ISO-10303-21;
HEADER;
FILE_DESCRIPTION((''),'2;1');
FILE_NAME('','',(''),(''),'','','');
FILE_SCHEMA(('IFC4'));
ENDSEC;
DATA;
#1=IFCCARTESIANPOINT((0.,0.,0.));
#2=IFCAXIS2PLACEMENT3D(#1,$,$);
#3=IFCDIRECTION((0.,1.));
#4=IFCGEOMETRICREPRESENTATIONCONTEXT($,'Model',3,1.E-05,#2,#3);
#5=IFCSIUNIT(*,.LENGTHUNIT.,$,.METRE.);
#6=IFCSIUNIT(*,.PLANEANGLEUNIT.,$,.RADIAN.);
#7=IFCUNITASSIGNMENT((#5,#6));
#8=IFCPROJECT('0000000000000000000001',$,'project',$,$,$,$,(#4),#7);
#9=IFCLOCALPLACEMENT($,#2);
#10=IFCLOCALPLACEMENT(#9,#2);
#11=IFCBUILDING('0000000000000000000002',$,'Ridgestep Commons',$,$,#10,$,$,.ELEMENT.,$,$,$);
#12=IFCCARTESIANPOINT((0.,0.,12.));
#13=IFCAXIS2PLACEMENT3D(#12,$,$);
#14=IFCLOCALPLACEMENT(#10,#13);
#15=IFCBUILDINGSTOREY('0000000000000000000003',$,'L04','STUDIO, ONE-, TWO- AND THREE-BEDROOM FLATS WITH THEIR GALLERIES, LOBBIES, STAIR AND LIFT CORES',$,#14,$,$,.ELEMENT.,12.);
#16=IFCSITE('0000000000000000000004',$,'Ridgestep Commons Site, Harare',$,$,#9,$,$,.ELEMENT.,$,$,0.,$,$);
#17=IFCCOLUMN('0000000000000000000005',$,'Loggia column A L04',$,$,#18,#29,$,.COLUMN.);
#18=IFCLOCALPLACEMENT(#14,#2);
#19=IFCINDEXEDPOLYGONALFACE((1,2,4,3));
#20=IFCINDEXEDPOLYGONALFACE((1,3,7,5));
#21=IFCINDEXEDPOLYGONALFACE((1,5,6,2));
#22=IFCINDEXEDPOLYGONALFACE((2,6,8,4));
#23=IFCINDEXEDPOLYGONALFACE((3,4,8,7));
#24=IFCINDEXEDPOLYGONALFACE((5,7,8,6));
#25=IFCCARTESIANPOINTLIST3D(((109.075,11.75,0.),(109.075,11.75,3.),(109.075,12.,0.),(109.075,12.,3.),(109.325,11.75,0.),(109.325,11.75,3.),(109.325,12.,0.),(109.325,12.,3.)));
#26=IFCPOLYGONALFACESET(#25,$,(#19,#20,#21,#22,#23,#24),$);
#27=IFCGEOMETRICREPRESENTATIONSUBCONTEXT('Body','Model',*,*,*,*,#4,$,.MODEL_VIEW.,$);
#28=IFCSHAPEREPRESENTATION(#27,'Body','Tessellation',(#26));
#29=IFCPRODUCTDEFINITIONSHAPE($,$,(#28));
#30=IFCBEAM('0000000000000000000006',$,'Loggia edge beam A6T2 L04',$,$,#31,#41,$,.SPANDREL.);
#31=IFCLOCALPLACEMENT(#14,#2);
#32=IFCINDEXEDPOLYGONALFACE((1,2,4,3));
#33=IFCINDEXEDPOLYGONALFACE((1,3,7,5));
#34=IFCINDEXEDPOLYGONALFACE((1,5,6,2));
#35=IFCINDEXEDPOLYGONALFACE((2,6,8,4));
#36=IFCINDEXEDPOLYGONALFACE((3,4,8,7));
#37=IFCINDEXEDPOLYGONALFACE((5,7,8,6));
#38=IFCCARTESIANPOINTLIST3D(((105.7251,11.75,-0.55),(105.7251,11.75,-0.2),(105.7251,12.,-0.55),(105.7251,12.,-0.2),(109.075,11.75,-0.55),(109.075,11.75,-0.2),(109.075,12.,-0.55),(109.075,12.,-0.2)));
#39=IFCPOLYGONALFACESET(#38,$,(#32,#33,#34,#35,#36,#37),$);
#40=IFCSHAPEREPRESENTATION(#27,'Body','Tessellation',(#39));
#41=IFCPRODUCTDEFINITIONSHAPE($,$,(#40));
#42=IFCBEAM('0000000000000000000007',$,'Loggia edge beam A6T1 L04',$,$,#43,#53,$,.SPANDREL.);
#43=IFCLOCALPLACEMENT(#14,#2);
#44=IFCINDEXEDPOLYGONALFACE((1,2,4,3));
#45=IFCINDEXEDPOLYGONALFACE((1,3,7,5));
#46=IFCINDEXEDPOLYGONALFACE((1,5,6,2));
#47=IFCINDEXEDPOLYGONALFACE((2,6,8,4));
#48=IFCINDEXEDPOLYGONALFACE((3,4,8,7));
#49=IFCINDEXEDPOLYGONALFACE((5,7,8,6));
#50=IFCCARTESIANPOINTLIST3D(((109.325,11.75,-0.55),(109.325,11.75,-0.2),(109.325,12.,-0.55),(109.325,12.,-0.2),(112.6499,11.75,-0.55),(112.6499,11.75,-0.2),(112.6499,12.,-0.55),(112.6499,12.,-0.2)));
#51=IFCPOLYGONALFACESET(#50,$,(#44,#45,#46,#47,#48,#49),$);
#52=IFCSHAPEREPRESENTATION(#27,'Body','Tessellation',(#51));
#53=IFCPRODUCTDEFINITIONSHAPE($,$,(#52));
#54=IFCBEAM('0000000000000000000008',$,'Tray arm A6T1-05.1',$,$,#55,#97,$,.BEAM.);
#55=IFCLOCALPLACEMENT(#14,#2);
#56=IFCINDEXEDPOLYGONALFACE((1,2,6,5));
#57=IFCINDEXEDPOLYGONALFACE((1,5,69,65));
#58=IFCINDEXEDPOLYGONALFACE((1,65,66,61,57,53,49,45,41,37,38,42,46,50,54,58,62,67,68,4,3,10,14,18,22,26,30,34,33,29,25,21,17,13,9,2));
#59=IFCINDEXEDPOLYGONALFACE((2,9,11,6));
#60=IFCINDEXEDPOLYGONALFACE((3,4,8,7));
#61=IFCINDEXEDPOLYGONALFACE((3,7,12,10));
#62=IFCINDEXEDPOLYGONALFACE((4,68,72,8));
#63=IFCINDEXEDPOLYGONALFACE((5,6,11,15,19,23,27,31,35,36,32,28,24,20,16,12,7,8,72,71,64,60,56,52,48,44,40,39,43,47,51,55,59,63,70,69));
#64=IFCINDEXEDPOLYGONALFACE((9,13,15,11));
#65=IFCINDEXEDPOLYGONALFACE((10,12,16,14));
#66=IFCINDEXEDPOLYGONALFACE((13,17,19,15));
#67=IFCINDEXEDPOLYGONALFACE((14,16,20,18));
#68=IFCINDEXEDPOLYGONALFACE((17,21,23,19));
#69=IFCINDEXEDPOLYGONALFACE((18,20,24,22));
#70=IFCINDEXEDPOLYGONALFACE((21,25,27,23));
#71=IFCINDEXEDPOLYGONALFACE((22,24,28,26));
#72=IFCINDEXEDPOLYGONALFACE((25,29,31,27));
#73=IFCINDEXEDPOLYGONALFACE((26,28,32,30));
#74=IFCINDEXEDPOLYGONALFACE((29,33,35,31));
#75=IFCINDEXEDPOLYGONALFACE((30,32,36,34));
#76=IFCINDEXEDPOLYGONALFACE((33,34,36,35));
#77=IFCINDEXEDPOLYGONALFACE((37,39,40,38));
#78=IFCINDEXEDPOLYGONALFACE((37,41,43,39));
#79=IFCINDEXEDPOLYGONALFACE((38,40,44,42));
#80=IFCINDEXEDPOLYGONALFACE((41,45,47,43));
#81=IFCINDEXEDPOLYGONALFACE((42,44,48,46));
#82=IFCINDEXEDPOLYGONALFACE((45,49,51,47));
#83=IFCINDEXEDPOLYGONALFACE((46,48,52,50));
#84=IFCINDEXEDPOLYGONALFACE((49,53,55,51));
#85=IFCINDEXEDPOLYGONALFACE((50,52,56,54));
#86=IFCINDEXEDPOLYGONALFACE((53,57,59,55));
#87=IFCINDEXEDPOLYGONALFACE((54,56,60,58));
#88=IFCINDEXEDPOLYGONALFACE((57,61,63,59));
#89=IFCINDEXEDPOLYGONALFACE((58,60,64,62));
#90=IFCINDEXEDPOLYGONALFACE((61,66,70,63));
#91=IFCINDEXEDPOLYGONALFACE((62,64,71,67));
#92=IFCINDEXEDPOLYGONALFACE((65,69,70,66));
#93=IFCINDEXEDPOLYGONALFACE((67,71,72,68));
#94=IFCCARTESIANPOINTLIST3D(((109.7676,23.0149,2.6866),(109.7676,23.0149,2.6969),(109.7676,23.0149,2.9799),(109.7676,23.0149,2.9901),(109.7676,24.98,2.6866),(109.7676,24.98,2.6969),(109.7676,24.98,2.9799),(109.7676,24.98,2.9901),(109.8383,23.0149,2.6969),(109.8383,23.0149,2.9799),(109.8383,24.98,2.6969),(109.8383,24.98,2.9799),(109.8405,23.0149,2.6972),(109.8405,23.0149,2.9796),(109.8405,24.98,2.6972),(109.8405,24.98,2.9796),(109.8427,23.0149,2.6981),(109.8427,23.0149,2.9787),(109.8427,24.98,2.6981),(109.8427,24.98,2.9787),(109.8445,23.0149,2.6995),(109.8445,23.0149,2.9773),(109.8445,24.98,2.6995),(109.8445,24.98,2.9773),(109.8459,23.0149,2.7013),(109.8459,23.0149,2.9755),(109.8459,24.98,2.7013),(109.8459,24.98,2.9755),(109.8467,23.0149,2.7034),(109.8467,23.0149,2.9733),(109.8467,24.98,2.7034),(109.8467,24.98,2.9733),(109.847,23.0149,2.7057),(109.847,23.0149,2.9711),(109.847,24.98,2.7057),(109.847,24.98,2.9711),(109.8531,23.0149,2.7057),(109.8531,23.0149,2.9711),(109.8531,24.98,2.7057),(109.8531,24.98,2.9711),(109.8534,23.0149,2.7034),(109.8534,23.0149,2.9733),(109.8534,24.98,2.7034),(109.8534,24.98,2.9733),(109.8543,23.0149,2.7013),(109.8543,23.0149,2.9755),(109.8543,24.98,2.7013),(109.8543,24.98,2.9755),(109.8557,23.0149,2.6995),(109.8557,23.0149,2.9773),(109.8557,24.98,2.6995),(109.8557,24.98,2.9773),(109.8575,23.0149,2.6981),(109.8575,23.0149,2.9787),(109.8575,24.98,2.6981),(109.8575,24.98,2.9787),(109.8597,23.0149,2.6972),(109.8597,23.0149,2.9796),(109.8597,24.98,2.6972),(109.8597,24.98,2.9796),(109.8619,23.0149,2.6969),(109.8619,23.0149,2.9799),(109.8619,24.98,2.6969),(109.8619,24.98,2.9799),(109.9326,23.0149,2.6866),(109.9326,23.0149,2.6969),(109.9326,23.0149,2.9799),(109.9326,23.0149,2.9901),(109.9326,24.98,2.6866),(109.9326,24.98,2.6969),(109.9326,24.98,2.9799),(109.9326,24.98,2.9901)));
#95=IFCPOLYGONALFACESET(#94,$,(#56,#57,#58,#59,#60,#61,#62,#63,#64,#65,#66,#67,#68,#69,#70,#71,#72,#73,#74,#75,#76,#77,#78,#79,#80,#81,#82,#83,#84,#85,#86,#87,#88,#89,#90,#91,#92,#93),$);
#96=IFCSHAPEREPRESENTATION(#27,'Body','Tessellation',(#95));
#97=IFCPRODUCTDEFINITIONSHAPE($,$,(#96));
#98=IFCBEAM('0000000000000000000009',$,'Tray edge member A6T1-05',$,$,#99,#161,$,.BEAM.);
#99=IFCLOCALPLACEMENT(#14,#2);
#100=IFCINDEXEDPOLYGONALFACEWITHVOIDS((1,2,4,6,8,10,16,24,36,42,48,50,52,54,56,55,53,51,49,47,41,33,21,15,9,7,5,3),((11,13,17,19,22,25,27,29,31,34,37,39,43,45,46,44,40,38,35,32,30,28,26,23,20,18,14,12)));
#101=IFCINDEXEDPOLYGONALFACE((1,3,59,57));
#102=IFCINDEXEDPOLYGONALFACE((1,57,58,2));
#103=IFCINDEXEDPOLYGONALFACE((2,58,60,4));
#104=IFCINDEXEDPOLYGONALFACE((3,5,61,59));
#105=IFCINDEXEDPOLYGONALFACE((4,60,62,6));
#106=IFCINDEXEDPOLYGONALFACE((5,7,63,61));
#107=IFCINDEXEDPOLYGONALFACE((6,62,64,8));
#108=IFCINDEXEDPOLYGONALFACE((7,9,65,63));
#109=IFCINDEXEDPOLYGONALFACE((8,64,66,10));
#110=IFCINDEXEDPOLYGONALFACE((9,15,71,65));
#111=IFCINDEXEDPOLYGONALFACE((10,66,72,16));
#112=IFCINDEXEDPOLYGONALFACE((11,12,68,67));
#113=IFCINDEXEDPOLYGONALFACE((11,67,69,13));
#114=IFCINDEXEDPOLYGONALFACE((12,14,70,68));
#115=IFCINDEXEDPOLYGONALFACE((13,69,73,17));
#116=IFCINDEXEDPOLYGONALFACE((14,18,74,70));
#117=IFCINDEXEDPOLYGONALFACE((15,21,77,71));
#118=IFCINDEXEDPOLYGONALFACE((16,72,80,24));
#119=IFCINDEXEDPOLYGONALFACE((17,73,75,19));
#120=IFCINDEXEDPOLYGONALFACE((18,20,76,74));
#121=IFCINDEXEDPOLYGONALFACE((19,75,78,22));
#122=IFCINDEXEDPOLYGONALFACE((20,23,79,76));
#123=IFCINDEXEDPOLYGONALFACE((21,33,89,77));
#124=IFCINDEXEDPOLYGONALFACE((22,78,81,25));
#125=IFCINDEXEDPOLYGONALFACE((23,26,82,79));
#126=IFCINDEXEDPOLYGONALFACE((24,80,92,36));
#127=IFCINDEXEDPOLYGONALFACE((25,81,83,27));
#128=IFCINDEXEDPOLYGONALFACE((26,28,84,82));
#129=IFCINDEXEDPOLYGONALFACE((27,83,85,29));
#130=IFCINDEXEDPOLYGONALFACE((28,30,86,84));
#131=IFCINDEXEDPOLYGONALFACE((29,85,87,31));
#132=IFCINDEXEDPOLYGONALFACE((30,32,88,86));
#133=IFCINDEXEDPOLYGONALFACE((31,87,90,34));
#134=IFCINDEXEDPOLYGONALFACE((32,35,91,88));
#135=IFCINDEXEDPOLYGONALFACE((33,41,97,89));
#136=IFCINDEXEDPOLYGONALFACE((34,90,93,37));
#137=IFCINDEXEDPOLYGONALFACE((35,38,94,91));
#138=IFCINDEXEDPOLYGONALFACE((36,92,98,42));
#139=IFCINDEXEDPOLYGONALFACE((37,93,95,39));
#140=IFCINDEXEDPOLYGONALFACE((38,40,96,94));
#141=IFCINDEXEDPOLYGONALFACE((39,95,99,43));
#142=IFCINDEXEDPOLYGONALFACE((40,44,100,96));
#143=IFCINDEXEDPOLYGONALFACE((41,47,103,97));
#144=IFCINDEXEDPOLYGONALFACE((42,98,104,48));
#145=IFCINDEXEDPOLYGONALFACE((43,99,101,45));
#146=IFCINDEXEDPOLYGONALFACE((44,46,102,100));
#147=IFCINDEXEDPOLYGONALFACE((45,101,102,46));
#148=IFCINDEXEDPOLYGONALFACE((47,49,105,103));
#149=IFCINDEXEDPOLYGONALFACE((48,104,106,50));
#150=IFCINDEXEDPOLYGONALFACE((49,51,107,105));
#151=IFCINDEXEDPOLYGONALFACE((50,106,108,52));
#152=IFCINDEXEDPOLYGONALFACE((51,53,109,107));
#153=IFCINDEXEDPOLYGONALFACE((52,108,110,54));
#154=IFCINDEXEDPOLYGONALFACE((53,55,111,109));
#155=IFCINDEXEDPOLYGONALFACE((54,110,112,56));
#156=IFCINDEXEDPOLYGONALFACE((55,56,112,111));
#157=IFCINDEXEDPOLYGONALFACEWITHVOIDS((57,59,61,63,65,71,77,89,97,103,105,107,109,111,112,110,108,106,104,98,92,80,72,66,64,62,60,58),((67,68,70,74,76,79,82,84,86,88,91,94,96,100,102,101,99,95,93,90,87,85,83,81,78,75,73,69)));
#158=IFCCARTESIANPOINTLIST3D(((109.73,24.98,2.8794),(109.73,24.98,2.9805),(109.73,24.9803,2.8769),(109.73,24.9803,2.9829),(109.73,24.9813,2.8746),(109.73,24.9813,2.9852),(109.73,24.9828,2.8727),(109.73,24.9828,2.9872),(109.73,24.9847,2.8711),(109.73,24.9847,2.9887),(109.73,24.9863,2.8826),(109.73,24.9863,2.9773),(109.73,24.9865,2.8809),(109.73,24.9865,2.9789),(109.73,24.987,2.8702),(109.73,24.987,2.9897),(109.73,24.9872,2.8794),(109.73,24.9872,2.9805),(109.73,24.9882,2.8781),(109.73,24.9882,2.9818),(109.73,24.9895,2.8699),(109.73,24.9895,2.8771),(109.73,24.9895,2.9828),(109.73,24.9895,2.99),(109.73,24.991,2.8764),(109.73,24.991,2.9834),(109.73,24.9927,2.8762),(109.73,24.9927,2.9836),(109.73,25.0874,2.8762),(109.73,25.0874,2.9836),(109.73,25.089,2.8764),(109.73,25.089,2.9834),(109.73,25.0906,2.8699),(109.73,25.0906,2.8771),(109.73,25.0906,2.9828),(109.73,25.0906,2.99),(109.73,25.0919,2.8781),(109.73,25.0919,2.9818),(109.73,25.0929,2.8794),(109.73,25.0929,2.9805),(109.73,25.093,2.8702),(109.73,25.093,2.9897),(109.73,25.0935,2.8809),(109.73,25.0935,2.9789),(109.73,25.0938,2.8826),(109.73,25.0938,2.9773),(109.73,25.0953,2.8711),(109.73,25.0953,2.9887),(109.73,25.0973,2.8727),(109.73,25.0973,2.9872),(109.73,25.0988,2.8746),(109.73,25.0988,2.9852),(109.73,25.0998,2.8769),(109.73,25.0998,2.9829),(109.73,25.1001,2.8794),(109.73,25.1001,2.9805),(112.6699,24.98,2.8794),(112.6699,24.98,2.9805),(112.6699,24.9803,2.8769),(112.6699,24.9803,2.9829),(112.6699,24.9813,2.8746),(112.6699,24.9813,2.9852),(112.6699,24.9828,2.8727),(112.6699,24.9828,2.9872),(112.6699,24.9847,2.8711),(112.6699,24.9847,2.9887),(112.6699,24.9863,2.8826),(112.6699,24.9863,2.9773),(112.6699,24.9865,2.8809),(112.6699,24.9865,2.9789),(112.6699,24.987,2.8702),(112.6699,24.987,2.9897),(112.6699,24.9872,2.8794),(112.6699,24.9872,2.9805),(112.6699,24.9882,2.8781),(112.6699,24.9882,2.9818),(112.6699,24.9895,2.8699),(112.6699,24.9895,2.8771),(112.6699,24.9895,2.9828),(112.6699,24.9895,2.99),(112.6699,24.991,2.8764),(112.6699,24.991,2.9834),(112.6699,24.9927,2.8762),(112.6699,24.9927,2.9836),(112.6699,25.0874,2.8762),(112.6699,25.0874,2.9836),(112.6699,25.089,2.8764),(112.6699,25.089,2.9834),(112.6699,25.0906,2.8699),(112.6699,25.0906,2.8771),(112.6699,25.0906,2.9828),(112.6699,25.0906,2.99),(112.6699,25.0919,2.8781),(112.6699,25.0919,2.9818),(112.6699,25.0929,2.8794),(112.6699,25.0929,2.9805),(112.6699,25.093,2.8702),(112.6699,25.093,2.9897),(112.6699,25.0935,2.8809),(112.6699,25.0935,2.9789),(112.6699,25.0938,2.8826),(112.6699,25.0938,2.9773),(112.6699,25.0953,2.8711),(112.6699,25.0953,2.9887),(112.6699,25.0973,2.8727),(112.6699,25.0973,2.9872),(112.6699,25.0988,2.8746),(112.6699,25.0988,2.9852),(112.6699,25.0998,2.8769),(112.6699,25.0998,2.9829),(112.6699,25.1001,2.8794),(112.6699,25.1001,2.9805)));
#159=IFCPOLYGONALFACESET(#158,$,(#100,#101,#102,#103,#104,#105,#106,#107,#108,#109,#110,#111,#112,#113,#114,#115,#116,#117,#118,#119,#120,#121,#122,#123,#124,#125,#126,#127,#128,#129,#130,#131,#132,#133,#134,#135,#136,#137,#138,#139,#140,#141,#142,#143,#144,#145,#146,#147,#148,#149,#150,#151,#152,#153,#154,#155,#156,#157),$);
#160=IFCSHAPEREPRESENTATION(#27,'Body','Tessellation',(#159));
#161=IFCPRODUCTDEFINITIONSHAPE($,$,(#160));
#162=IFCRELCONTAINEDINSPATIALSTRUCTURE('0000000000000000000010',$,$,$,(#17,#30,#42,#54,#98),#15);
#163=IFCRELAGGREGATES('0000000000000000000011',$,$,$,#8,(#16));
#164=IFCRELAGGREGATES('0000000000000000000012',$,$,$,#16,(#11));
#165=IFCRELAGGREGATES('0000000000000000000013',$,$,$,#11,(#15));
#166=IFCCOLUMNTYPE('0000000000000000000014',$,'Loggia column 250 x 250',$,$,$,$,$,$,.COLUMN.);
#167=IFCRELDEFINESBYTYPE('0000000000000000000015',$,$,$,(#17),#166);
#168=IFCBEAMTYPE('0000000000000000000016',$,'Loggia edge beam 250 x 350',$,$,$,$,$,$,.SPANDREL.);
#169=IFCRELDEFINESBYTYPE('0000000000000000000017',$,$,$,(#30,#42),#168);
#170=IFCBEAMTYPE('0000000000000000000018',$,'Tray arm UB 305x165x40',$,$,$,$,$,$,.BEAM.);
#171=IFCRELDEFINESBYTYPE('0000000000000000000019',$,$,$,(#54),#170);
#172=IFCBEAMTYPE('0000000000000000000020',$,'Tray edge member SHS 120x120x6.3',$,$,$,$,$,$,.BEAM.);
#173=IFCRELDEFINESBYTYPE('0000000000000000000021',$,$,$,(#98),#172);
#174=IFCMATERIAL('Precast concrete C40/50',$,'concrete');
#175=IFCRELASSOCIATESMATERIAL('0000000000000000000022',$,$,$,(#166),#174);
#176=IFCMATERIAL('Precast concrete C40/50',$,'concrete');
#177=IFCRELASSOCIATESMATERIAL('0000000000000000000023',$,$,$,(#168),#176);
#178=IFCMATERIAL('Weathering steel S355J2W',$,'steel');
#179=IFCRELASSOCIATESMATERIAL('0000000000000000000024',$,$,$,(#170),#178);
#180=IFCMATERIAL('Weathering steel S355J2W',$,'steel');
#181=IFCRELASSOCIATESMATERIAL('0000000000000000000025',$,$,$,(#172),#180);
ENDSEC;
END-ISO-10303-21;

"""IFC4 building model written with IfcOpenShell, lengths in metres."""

from ifc_helpers import new_model, si_unit, direction, frame, origin, origin_2d, place, context, subcontext, project, spatial, rectangle, hollow_rectangle, i_section, extrude, material, material_profile, profile_set, type_object, element, save


model = new_model("IFC4")

# Units and contexts
model_context = context("Model", 3, precision=1e-05, world=origin(), true_north=direction((0.0, 1.0)))
body_context = subcontext(model_context, "Body", "Model", "MODEL_VIEW")
ifc_project = project(units=[si_unit("LENGTHUNIT", "METRE"), si_unit("PLANEANGLEUNIT", "RADIAN")], contexts=[model_context])

# Site, building, storey
site_placement = place(None, origin())
site = spatial("IfcSite", under=ifc_project, at=site_placement, Name="Ridgestep Commons Site, Harare", CompositionType="ELEMENT", RefElevation=0.0)
building_placement = place(site_placement, origin())
building = spatial("IfcBuilding", under=site, at=building_placement, Name="Ridgestep Commons", CompositionType="ELEMENT")
storey_placement = place(building_placement, frame((0.0, 0.0, 12.0)))
storey = spatial("IfcBuildingStorey", under=building, at=storey_placement, Name="L04", Description="STUDIO, ONE-, TWO- AND THREE-BEDROOM FLATS WITH THEIR GALLERIES, LOBBIES, STAIR AND LIFT CORES", CompositionType="ELEMENT", Elevation=12.0)

# Column
ifc_material_1 = material(Name="Precast concrete C40/50", Category="concrete")
ifc_material_profile_1 = material_profile(ifc_material_1, rectangle(XDim=0.25, YDim=0.25, at=origin_2d()), Name="PC 250x250")
ifc_profile_set_1 = profile_set([ifc_material_profile_1], Name="Precast concrete C40/50")
column_type = type_object("IfcColumnType", Name="Loggia column 250 x 250", PredefinedType="COLUMN", material=ifc_profile_set_1)
column_placement = place(storey_placement, frame((109.2, 11.875, 0.0), z_axis=(0.0, 0.0, 1.0), x_axis=(1.0, 0.0, 0.0)))
element("IfcColumn", 1, at=column_placement, inside=storey, type_object=column_type, Name="Loggia column A L04", PredefinedType="COLUMN", context=body_context, shape_type="SweptSolid", body=[
    extrude(rectangle(XDim=0.25, YDim=0.25, at=origin_2d()), origin(), (0.0, 0.0, 1.0), 3.0),
])

# Beams
ifc_material_2 = material(Name="Precast concrete C40/50", Category="concrete")
ifc_material_profile_2 = material_profile(ifc_material_2, rectangle(XDim=0.25, YDim=0.3501, at=origin_2d()), Name="PC 250x350")
ifc_profile_set_2 = profile_set([ifc_material_profile_2], Name="Precast concrete C40/50")
beam_type_1 = type_object("IfcBeamType", Name="Loggia edge beam 250 x 350", PredefinedType="SPANDREL", material=ifc_profile_set_2)
beam_1_placement = place(storey_placement, frame((105.7251, 11.875, -0.375), z_axis=(1.0, 0.0, 0.0), x_axis=(0.0, 1.0, 0.0)))
element("IfcBeam", 2, at=beam_1_placement, inside=storey, type_object=beam_type_1, Name="Loggia edge beam A6T2 L04", PredefinedType="SPANDREL", context=body_context, shape_type="SweptSolid", body=[
    extrude(rectangle(XDim=0.25, YDim=0.3501, at=origin_2d()), origin(), (0.0, 0.0, 1.0), 3.3499),
])
beam_2_placement = place(storey_placement, frame((109.325, 11.875, -0.375), z_axis=(1.0, 0.0, 0.0), x_axis=(0.0, 1.0, 0.0)))
element("IfcBeam", 3, at=beam_2_placement, inside=storey, type_object=beam_type_1, Name="Loggia edge beam A6T1 L04", PredefinedType="SPANDREL", context=body_context, shape_type="SweptSolid", body=[
    extrude(rectangle(XDim=0.25, YDim=0.3501, at=origin_2d()), origin(), (0.0, 0.0, 1.0), 3.325),
])
ifc_material_3 = material(Name="Weathering steel S355J2W", Category="steel")
ifc_material_profile_3 = material_profile(ifc_material_3, i_section(OverallWidth=0.165, OverallDepth=0.3035, WebThickness=0.0061, FlangeThickness=0.0103, FilletRadius=0.0088, at=origin_2d()), Name="UB 305x165x40")
ifc_profile_set_3 = profile_set([ifc_material_profile_3], Name="Weathering steel S355J2W")
beam_type_2 = type_object("IfcBeamType", Name="Tray arm UB 305x165x40", PredefinedType="BEAM", material=ifc_profile_set_3)
beam_3_placement = place(storey_placement, frame((109.8501, 23.0149, 2.8384), z_axis=(0.0, 1.0, 0.0), x_axis=(-1.0, 0.0, 0.0)))
element("IfcBeam", 4, at=beam_3_placement, inside=storey, type_object=beam_type_2, Name="Tray arm A6T1-05.1", PredefinedType="BEAM", context=body_context, shape_type="SweptSolid", body=[
    extrude(i_section(OverallWidth=0.165, OverallDepth=0.3035, WebThickness=0.0061, FlangeThickness=0.0103, FilletRadius=0.0088, at=origin_2d()), origin(), (0.0, 0.0, 1.0), 1.9651),
])
ifc_material_4 = material(Name="Weathering steel S355J2W", Category="steel")
ifc_material_profile_4 = material_profile(ifc_material_4, hollow_rectangle(XDim=0.1201, YDim=0.1201, WallThickness=0.0063, InnerFilletRadius=0.0063, OuterFilletRadius=0.0095, at=origin_2d()), Name="SHS 120x120x6.3")
ifc_profile_set_4 = profile_set([ifc_material_profile_4], Name="Weathering steel S355J2W")
beam_type_3 = type_object("IfcBeamType", Name="Tray edge member SHS 120x120x6.3", PredefinedType="BEAM", material=ifc_profile_set_4)
beam_4_placement = place(storey_placement, frame((109.73, 25.04, 2.9299), z_axis=(1.0, 0.0, 0.0), x_axis=(0.0, 0.0, 1.0)))
element("IfcBeam", 5, at=beam_4_placement, inside=storey, type_object=beam_type_3, Name="Tray edge member A6T1-05", PredefinedType="BEAM", context=body_context, shape_type="SweptSolid", body=[
    extrude(hollow_rectangle(XDim=0.1201, YDim=0.1201, WallThickness=0.0063, InnerFilletRadius=0.0063, OuterFilletRadius=0.0095, at=origin_2d()), origin(), (0.0, 0.0, 1.0), 2.9399),
])

save(model, "model.ifc")
